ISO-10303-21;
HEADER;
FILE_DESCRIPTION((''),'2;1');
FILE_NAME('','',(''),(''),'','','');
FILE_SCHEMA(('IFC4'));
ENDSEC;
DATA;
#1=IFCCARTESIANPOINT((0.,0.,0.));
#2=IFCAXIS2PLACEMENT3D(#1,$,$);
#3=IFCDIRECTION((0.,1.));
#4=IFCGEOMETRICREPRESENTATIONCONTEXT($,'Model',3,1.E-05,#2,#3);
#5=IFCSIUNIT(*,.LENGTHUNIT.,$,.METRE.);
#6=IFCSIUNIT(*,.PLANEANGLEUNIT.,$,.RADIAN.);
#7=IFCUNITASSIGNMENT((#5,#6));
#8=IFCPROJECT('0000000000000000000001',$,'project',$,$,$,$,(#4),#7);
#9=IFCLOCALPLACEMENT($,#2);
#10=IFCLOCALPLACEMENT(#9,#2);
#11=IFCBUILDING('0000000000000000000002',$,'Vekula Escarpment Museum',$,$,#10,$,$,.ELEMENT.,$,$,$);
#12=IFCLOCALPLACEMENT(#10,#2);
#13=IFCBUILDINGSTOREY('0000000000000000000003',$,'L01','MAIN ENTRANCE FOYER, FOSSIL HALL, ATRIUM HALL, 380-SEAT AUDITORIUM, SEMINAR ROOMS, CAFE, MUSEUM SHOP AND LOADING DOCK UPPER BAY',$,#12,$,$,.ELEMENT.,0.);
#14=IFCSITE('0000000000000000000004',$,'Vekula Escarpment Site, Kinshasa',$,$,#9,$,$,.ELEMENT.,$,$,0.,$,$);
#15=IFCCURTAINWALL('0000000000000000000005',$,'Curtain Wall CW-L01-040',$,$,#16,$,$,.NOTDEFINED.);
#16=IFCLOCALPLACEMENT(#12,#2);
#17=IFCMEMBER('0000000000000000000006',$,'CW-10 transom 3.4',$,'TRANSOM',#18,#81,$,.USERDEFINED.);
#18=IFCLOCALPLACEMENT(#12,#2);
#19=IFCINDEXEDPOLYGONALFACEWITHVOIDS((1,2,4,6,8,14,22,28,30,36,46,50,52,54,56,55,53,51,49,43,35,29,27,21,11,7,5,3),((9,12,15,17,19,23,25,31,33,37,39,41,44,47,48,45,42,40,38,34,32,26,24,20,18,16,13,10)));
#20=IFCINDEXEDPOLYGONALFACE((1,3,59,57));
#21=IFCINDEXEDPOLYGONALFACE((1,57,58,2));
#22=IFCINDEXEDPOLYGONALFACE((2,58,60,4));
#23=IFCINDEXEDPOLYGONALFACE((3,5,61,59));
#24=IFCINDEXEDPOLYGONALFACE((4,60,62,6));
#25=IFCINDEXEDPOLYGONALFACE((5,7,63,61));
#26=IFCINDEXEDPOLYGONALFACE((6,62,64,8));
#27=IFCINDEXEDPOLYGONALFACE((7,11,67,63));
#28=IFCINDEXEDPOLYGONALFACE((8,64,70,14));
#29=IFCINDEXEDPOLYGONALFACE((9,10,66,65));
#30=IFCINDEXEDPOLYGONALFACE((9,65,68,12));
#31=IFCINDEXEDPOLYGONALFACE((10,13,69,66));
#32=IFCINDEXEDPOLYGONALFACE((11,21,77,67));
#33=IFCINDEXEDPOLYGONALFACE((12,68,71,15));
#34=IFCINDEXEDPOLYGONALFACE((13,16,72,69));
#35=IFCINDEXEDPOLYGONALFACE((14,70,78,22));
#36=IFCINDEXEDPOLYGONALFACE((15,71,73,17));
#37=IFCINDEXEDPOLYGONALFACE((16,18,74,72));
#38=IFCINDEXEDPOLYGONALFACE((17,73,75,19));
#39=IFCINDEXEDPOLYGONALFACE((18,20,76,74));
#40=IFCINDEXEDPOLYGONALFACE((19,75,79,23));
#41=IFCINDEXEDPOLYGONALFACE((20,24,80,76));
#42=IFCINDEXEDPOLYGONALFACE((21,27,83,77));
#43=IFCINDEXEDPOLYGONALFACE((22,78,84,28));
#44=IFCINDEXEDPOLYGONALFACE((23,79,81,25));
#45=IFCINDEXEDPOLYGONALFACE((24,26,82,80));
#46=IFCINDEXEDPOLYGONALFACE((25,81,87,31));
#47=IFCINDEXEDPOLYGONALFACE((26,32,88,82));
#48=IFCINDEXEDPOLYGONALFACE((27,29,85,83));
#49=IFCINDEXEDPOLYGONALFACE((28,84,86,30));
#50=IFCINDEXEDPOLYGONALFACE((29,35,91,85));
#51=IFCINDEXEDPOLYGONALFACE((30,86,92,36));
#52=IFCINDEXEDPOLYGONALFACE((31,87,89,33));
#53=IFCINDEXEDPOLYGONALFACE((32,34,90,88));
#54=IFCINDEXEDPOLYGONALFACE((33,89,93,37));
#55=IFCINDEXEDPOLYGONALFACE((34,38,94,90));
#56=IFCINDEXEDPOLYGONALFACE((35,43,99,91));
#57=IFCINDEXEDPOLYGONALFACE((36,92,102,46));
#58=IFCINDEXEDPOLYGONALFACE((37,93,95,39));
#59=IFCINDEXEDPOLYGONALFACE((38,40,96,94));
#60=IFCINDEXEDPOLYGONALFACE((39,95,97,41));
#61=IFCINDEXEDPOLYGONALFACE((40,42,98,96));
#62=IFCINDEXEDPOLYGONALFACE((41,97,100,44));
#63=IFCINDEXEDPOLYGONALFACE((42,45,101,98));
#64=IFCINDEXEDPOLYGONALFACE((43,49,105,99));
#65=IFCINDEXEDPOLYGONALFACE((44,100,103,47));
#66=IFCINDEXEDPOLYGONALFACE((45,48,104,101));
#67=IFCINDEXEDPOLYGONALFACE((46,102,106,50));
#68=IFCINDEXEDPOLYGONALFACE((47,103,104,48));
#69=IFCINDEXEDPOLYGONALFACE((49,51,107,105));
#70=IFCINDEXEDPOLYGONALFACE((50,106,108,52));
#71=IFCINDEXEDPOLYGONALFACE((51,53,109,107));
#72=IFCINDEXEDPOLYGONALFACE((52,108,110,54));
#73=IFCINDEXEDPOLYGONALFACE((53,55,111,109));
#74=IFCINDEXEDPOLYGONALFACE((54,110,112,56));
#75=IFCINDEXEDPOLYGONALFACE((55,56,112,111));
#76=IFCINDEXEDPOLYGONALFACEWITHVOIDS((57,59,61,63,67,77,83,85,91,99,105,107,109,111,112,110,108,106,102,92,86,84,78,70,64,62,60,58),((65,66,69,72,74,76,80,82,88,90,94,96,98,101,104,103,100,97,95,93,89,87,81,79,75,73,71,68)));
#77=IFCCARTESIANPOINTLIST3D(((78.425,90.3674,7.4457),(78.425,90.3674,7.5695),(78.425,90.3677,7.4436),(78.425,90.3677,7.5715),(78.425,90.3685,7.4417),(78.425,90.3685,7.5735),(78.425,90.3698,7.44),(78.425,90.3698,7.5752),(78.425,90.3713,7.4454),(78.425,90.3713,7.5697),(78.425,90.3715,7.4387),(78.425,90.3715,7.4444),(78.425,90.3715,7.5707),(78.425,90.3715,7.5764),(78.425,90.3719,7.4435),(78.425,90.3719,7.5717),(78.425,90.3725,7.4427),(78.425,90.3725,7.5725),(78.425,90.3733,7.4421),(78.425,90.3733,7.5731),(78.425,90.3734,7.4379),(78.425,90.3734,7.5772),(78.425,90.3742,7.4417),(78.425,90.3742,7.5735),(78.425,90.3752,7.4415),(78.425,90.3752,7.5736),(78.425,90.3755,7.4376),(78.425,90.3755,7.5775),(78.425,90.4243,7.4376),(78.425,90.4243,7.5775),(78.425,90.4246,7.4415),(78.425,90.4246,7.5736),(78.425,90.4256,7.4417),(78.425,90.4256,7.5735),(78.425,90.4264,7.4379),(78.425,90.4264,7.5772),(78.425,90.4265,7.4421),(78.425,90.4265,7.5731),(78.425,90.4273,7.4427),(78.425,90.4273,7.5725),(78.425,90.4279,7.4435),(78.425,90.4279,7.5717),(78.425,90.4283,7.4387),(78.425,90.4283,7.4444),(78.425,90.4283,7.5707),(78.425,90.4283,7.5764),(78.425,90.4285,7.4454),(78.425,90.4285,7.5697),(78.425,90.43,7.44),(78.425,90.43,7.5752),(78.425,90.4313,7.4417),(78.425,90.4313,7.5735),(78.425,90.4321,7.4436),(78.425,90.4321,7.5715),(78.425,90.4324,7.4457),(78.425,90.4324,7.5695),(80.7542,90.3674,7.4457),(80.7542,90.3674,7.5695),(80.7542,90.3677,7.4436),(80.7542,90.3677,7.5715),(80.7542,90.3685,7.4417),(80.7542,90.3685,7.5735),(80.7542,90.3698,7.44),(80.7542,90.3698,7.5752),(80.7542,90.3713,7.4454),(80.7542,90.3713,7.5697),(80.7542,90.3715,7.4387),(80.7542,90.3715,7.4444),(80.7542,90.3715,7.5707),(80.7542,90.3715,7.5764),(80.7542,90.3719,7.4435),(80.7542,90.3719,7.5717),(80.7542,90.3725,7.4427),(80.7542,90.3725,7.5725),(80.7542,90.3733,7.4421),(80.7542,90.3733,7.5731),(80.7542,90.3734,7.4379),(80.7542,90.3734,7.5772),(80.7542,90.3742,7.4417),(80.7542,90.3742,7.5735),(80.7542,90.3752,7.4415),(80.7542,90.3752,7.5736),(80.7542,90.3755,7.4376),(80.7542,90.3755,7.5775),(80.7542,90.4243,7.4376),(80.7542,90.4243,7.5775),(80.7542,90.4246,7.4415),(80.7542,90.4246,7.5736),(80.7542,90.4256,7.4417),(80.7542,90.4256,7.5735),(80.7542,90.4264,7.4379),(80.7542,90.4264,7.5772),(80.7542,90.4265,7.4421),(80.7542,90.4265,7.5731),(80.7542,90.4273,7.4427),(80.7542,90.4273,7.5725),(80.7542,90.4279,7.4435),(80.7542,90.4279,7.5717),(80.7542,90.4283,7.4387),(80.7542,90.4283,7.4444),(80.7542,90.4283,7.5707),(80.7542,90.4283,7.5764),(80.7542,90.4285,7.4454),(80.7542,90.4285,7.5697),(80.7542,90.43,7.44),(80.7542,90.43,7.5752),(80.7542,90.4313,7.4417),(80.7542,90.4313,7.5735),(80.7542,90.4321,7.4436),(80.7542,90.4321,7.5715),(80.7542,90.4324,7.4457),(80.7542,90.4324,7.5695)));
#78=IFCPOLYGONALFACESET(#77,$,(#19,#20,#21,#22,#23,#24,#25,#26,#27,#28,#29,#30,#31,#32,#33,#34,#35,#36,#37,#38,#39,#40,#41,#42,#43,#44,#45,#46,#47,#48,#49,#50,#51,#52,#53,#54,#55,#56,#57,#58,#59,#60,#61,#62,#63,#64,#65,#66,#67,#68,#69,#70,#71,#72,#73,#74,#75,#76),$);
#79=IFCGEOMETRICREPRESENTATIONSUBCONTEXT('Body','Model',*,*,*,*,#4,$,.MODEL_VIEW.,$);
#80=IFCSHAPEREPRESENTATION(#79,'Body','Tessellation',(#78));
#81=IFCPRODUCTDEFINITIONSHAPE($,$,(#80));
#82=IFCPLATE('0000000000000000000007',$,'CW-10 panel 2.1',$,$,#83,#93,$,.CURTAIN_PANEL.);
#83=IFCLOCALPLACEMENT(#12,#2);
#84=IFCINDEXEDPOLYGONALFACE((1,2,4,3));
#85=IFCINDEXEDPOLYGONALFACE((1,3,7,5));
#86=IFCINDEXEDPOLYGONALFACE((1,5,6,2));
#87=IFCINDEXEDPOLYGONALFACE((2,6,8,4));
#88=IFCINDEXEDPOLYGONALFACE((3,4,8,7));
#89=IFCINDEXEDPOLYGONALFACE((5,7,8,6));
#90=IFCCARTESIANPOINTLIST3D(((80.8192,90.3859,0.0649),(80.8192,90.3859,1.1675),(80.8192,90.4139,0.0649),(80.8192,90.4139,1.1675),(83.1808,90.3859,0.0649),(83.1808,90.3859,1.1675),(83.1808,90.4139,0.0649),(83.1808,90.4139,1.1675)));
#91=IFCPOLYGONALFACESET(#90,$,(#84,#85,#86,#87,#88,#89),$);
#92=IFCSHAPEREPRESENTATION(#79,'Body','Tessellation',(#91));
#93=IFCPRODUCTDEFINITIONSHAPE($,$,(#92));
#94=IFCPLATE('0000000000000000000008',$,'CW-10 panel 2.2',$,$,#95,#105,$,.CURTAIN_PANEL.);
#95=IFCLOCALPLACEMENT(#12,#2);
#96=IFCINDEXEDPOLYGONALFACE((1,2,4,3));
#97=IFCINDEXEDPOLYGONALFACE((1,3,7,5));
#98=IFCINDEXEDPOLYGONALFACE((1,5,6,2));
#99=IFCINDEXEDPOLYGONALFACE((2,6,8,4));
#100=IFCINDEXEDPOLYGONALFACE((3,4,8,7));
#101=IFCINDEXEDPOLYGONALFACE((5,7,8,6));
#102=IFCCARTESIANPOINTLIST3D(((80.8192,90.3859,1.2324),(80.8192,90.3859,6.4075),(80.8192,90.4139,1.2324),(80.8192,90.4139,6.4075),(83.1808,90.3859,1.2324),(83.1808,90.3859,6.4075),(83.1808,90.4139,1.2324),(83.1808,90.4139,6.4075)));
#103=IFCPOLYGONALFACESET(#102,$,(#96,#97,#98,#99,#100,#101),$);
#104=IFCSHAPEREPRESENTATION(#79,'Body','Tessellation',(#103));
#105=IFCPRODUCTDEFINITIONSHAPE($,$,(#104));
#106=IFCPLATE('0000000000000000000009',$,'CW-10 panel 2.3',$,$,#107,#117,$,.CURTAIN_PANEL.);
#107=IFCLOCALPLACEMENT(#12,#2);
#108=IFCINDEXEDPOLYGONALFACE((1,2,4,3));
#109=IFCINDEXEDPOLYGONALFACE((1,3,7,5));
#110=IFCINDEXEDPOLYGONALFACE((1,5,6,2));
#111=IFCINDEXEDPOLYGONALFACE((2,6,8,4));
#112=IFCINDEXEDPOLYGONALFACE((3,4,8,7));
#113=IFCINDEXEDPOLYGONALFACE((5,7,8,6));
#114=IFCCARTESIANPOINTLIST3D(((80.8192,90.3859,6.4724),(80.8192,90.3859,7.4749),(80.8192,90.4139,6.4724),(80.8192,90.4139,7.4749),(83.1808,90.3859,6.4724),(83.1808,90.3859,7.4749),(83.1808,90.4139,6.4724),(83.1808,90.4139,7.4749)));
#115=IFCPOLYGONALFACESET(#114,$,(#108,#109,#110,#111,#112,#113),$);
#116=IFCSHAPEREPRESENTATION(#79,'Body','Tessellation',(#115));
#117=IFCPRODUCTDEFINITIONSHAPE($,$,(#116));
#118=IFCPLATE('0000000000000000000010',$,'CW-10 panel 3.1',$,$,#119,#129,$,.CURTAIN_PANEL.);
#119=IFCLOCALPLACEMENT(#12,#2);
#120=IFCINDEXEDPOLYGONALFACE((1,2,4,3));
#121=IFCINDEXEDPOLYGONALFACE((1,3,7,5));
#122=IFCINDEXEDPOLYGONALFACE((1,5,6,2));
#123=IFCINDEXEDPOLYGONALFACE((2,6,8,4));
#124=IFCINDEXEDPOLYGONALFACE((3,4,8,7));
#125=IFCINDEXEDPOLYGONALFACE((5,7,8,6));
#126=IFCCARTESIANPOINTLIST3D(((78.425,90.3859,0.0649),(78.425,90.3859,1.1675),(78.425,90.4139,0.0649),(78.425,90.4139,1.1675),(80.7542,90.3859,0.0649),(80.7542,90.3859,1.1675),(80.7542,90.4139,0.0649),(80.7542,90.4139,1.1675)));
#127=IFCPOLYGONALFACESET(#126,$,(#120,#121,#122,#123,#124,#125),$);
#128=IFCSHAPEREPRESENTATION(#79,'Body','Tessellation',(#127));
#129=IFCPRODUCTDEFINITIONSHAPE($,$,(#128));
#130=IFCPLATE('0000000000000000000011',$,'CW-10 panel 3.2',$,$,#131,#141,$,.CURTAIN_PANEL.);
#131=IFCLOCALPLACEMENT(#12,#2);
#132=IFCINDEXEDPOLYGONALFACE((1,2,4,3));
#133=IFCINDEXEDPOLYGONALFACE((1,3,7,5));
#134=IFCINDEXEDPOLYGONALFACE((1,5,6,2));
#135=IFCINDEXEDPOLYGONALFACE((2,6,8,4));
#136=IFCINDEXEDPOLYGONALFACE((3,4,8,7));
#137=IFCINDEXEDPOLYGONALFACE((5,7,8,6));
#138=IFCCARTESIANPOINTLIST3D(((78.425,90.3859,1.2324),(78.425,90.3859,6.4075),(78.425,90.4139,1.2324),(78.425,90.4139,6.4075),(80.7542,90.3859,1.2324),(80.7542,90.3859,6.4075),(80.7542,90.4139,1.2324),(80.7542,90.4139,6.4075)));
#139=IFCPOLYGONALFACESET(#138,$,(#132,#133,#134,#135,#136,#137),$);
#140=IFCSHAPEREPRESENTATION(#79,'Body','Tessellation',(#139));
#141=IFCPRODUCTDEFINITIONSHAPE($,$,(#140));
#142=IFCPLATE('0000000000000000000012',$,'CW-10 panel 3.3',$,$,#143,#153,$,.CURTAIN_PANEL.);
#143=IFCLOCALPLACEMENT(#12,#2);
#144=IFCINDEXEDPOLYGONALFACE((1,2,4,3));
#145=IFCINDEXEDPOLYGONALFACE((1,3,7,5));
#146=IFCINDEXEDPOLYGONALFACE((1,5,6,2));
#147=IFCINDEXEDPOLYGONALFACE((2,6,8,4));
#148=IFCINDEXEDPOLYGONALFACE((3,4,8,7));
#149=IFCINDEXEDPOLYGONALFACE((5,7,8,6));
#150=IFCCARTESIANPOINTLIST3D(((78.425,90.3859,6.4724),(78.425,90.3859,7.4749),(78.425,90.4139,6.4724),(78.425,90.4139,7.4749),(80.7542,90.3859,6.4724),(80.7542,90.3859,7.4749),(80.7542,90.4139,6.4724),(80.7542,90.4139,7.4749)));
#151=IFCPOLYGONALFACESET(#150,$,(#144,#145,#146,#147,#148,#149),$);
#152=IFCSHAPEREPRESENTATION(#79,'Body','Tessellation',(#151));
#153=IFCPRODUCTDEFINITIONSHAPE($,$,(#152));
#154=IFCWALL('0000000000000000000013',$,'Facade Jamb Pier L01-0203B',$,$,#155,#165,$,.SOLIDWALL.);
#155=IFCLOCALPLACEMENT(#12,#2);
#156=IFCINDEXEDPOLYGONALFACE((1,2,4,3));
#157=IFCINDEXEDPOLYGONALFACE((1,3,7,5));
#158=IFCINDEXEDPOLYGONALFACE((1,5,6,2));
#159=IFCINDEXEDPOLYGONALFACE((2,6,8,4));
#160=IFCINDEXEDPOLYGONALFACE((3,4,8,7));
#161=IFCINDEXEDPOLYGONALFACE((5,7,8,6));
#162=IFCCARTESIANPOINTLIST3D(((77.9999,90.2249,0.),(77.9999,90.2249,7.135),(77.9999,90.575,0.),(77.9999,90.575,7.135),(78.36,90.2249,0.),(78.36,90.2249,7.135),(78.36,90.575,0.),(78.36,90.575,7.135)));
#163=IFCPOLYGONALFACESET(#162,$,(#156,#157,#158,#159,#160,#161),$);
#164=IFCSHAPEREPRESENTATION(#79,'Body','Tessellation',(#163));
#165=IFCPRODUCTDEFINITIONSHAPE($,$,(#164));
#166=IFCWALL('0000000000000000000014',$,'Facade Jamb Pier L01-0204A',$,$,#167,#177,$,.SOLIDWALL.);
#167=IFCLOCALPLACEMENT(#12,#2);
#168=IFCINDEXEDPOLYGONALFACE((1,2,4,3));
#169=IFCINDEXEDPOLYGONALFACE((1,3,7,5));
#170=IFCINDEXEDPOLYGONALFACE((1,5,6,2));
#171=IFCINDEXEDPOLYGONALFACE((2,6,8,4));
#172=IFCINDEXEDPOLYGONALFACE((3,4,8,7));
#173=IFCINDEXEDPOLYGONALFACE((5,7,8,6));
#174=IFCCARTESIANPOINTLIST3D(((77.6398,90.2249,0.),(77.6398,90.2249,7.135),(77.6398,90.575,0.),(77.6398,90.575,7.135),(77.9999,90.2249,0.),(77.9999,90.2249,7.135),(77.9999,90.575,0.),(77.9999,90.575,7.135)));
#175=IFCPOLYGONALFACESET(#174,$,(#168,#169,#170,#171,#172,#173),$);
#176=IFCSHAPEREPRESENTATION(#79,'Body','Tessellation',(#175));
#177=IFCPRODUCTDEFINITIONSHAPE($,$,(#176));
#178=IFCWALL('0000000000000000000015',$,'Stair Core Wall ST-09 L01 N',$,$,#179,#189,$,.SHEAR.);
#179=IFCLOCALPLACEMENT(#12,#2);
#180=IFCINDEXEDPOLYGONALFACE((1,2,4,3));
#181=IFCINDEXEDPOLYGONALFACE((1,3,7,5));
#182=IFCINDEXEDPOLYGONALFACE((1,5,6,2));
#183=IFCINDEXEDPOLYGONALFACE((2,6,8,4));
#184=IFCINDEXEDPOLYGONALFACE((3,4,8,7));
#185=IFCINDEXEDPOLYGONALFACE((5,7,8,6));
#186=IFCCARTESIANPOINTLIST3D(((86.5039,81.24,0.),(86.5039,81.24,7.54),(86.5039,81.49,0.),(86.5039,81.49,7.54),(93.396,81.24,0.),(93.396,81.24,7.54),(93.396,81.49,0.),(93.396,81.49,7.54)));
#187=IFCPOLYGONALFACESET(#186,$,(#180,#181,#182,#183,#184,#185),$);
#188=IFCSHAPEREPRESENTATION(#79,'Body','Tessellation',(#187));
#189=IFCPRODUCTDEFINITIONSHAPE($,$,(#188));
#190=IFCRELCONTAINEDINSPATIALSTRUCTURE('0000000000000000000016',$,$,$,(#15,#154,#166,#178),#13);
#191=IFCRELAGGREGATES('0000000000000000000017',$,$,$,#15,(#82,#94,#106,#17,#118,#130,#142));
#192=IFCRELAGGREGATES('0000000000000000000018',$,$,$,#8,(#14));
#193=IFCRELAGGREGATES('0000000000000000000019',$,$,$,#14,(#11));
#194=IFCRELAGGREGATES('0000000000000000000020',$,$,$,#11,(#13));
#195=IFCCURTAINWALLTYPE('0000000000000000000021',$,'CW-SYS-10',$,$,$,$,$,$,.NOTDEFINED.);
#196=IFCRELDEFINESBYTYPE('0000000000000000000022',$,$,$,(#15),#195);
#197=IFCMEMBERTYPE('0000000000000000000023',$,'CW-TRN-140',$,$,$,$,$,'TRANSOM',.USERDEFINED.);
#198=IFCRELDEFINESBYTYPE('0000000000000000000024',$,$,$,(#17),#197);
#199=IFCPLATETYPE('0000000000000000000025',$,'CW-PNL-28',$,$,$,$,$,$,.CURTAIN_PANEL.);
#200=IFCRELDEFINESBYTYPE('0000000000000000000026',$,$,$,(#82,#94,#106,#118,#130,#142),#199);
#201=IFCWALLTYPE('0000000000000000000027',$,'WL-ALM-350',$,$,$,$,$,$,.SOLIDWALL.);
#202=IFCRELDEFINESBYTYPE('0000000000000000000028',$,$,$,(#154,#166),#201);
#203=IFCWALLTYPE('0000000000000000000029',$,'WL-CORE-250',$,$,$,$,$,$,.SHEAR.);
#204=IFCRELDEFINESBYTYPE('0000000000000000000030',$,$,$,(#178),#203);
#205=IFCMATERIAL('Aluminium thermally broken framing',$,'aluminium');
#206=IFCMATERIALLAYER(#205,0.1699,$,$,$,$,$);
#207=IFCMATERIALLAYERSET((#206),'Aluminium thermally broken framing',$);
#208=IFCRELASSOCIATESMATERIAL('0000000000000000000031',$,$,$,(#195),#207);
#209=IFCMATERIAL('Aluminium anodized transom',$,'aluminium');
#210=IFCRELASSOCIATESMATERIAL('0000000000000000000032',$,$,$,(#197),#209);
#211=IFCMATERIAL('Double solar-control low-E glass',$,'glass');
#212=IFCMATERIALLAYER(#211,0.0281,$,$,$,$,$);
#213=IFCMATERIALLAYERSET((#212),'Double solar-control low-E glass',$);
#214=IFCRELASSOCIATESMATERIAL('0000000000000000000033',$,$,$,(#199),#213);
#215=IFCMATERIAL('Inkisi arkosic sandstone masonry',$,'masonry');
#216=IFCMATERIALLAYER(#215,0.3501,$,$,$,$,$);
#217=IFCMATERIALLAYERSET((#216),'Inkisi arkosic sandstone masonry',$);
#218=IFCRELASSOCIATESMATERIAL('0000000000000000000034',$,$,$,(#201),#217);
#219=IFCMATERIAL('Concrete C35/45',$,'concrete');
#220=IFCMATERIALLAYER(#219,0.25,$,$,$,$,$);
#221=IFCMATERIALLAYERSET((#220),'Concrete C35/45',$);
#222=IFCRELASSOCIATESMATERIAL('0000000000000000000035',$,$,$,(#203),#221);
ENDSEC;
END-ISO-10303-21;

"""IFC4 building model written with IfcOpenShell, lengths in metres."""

from ifc_helpers import new_model, si_unit, direction, frame, frame_2d, origin, origin_2d, place, context, subcontext, project, spatial, rectangle, hollow_rectangle, extrude, material, layer, layer_set, material_profile, profile_set, type_object, element, aggregate, save


model = new_model("IFC4")

# Units and contexts
model_context = context("Model", 3, precision=1e-05, world=origin(), true_north=direction((0.0, 1.0)))
body_context = subcontext(model_context, "Body", "Model", "MODEL_VIEW")
ifc_project = project(units=[si_unit("LENGTHUNIT", "METRE"), si_unit("PLANEANGLEUNIT", "RADIAN")], contexts=[model_context])

# Site, building, storey
site_placement = place(None, origin())
site = spatial("IfcSite", under=ifc_project, at=site_placement, Name="Vekula Escarpment Site, Kinshasa", CompositionType="ELEMENT", RefElevation=0.0)
building_placement = place(site_placement, origin())
building = spatial("IfcBuilding", under=site, at=building_placement, Name="Vekula Escarpment Museum", CompositionType="ELEMENT")
storey_placement = place(building_placement, origin())
storey = spatial("IfcBuildingStorey", under=building, at=storey_placement, Name="L01", Description="MAIN ENTRANCE FOYER, FOSSIL HALL, ATRIUM HALL, 380-SEAT AUDITORIUM, SEMINAR ROOMS, CAFE, MUSEUM SHOP AND LOADING DOCK UPPER BAY", CompositionType="ELEMENT", Elevation=0.0)

# Curtain wall, member, plates
ifc_material_1 = material(Name="Aluminium thermally broken framing", Category="aluminium")
ifc_layer_1 = layer(ifc_material_1, 0.1699)
ifc_layer_set_1 = layer_set([ifc_layer_1], Name="Aluminium thermally broken framing")
curtain_wall_type = type_object("IfcCurtainWallType", Name="CW-SYS-10", PredefinedType="NOTDEFINED", material=ifc_layer_set_1)
curtain_wall_placement = place(storey_placement, origin())
curtain_wall = element("IfcCurtainWall", 1, at=curtain_wall_placement, inside=storey, type_object=curtain_wall_type, Name="Curtain Wall CW-L01-040", PredefinedType="NOTDEFINED")
ifc_material_2 = material(Name="Aluminium anodized transom", Category="aluminium")
ifc_material_profile_1 = material_profile(ifc_material_2, hollow_rectangle(XDim=0.0649, YDim=0.1399, WallThickness=0.0039, InnerFilletRadius=0.0039, OuterFilletRadius=0.0081, at=origin_2d()), Name="ALU 140x65x4")
ifc_profile_set_1 = profile_set([ifc_material_profile_1], Name="Aluminium anodized transom")
member_type_1 = type_object("IfcMemberType", Name="CW-TRN-140", ElementType="TRANSOM", PredefinedType="USERDEFINED", material=ifc_profile_set_1)
member_1_placement = place(storey_placement, frame((80.7542, 90.3999, 7.5076), z_axis=(-1.0, 0.0, 0.0), x_axis=(0.0, -1.0, 0.0)))
member_1 = element("IfcMember", 2, at=member_1_placement, type_object=member_type_1, Name="CW-10 transom 3.4", ObjectType="TRANSOM", PredefinedType="USERDEFINED", context=body_context, shape_type="SweptSolid", body=[
    extrude(hollow_rectangle(XDim=0.0649, YDim=0.1399, WallThickness=0.0039, InnerFilletRadius=0.0039, OuterFilletRadius=0.0081, at=origin_2d()), origin(), (0.0, 0.0, 1.0), 2.3291),
])
ifc_material_3 = material(Name="Double solar-control low-E glass", Category="glass")
ifc_layer_2 = layer(ifc_material_3, 0.0281)
ifc_layer_set_2 = layer_set([ifc_layer_2], Name="Double solar-control low-E glass")
plate_type = type_object("IfcPlateType", Name="CW-PNL-28", PredefinedType="CURTAIN_PANEL", material=ifc_layer_set_2)
plate_1_placement = place(storey_placement, frame((82.0, 90.3999, 0.0649), z_axis=(0.0, 0.0, 1.0), x_axis=(-1.0, 0.0, 0.0)))
plate_1 = element("IfcPlate", 3, at=plate_1_placement, type_object=plate_type, Name="CW-10 panel 2.1", PredefinedType="CURTAIN_PANEL", context=body_context, shape_type="SweptSolid", body=[
    extrude(rectangle(XDim=2.3616, YDim=0.0281, at=origin_2d()), origin(), (0.0, 0.0, 1.0), 1.1025),
])
plate_2_placement = place(storey_placement, frame((82.0, 90.3999, 1.2324), z_axis=(0.0, 0.0, 1.0), x_axis=(-1.0, 0.0, 0.0)))
plate_2 = element("IfcPlate", 4, at=plate_2_placement, type_object=plate_type, Name="CW-10 panel 2.2", PredefinedType="CURTAIN_PANEL", context=body_context, shape_type="SweptSolid", body=[
    extrude(rectangle(XDim=2.3616, YDim=0.0281, at=origin_2d()), origin(), (0.0, 0.0, 1.0), 5.175),
])
plate_3_placement = place(storey_placement, frame((82.0, 90.3999, 6.4724), z_axis=(0.0, 0.0, 1.0), x_axis=(-1.0, 0.0, 0.0)))
plate_3 = element("IfcPlate", 5, at=plate_3_placement, type_object=plate_type, Name="CW-10 panel 2.3", PredefinedType="CURTAIN_PANEL", context=body_context, shape_type="SweptSolid", body=[
    extrude(rectangle(XDim=2.3616, YDim=0.0281, at=origin_2d()), origin(), (0.0, 0.0, 1.0), 1.0024),
])
plate_4_placement = place(storey_placement, frame((79.5896, 90.3999, 0.0649), z_axis=(0.0, 0.0, 1.0), x_axis=(-1.0, 0.0, 0.0)))
plate_4 = element("IfcPlate", 6, at=plate_4_placement, type_object=plate_type, Name="CW-10 panel 3.1", PredefinedType="CURTAIN_PANEL", context=body_context, shape_type="SweptSolid", body=[
    extrude(rectangle(XDim=2.3291, YDim=0.0281, at=origin_2d()), origin(), (0.0, 0.0, 1.0), 1.1025),
])
plate_5_placement = place(storey_placement, frame((79.5896, 90.3999, 1.2324), z_axis=(0.0, 0.0, 1.0), x_axis=(-1.0, 0.0, 0.0)))
plate_5 = element("IfcPlate", 7, at=plate_5_placement, type_object=plate_type, Name="CW-10 panel 3.2", PredefinedType="CURTAIN_PANEL", context=body_context, shape_type="SweptSolid", body=[
    extrude(rectangle(XDim=2.3291, YDim=0.0281, at=origin_2d()), origin(), (0.0, 0.0, 1.0), 5.175),
])
plate_6_placement = place(storey_placement, frame((79.5896, 90.3999, 6.4724), z_axis=(0.0, 0.0, 1.0), x_axis=(-1.0, 0.0, 0.0)))
plate_6 = element("IfcPlate", 8, at=plate_6_placement, type_object=plate_type, Name="CW-10 panel 3.3", PredefinedType="CURTAIN_PANEL", context=body_context, shape_type="SweptSolid", body=[
    extrude(rectangle(XDim=2.3291, YDim=0.0281, at=origin_2d()), origin(), (0.0, 0.0, 1.0), 1.0024),
])
aggregate(curtain_wall, [plate_1, plate_2, plate_3, member_1, plate_4, plate_5, plate_6])

# Walls
ifc_material_4 = material(Name="Inkisi arkosic sandstone masonry", Category="masonry")
ifc_layer_3 = layer(ifc_material_4, 0.3501)
ifc_layer_set_3 = layer_set([ifc_layer_3], Name="Inkisi arkosic sandstone masonry")
wall_type_1 = type_object("IfcWallType", Name="WL-ALM-350", PredefinedType="SOLIDWALL", material=ifc_layer_set_3)
for number, where, z_axis, x_axis, name in (
    (9, (78.3601, 90.3999, 0.0), (0.0, 0.0, 1.0), (-1.0, 0.0, 0.0), "Facade Jamb Pier L01-0203B"),
    (10, (78.0, 90.3999, 0.0), (0.0, 0.0, 1.0), (-1.0, 0.0, 0.0), "Facade Jamb Pier L01-0204A"),
):
    element("IfcWall", number, at=place(storey_placement, frame(where, z_axis=z_axis, x_axis=x_axis)), inside=storey, type_object=wall_type_1, Name=name, PredefinedType="SOLIDWALL", context=body_context, shape_type="SweptSolid", body=[
        extrude(rectangle(XDim=0.3601, YDim=0.3501, at=frame_2d((0.1802, 0.0))), origin(), (0.0, 0.0, 1.0), 7.135),
    ])
ifc_material_5 = material(Name="Concrete C35/45", Category="concrete")
ifc_layer_4 = layer(ifc_material_5, 0.25)
ifc_layer_set_4 = layer_set([ifc_layer_4], Name="Concrete C35/45")
wall_type_2 = type_object("IfcWallType", Name="WL-CORE-250", PredefinedType="SHEAR", material=ifc_layer_set_4)
wall_placement = place(storey_placement, frame((86.5039, 81.365, 0.0), z_axis=(0.0, 0.0, 1.0), x_axis=(1.0, 0.0, 0.0)))
element("IfcWall", 11, at=wall_placement, inside=storey, type_object=wall_type_2, Name="Stair Core Wall ST-09 L01 N", PredefinedType="SHEAR", context=body_context, shape_type="SweptSolid", body=[
    extrude(rectangle(XDim=6.8921, YDim=0.25, at=frame_2d((3.446, 0.0))), origin(), (0.0, 0.0, 1.0), 7.54),
])

save(model, "model.ifc")
